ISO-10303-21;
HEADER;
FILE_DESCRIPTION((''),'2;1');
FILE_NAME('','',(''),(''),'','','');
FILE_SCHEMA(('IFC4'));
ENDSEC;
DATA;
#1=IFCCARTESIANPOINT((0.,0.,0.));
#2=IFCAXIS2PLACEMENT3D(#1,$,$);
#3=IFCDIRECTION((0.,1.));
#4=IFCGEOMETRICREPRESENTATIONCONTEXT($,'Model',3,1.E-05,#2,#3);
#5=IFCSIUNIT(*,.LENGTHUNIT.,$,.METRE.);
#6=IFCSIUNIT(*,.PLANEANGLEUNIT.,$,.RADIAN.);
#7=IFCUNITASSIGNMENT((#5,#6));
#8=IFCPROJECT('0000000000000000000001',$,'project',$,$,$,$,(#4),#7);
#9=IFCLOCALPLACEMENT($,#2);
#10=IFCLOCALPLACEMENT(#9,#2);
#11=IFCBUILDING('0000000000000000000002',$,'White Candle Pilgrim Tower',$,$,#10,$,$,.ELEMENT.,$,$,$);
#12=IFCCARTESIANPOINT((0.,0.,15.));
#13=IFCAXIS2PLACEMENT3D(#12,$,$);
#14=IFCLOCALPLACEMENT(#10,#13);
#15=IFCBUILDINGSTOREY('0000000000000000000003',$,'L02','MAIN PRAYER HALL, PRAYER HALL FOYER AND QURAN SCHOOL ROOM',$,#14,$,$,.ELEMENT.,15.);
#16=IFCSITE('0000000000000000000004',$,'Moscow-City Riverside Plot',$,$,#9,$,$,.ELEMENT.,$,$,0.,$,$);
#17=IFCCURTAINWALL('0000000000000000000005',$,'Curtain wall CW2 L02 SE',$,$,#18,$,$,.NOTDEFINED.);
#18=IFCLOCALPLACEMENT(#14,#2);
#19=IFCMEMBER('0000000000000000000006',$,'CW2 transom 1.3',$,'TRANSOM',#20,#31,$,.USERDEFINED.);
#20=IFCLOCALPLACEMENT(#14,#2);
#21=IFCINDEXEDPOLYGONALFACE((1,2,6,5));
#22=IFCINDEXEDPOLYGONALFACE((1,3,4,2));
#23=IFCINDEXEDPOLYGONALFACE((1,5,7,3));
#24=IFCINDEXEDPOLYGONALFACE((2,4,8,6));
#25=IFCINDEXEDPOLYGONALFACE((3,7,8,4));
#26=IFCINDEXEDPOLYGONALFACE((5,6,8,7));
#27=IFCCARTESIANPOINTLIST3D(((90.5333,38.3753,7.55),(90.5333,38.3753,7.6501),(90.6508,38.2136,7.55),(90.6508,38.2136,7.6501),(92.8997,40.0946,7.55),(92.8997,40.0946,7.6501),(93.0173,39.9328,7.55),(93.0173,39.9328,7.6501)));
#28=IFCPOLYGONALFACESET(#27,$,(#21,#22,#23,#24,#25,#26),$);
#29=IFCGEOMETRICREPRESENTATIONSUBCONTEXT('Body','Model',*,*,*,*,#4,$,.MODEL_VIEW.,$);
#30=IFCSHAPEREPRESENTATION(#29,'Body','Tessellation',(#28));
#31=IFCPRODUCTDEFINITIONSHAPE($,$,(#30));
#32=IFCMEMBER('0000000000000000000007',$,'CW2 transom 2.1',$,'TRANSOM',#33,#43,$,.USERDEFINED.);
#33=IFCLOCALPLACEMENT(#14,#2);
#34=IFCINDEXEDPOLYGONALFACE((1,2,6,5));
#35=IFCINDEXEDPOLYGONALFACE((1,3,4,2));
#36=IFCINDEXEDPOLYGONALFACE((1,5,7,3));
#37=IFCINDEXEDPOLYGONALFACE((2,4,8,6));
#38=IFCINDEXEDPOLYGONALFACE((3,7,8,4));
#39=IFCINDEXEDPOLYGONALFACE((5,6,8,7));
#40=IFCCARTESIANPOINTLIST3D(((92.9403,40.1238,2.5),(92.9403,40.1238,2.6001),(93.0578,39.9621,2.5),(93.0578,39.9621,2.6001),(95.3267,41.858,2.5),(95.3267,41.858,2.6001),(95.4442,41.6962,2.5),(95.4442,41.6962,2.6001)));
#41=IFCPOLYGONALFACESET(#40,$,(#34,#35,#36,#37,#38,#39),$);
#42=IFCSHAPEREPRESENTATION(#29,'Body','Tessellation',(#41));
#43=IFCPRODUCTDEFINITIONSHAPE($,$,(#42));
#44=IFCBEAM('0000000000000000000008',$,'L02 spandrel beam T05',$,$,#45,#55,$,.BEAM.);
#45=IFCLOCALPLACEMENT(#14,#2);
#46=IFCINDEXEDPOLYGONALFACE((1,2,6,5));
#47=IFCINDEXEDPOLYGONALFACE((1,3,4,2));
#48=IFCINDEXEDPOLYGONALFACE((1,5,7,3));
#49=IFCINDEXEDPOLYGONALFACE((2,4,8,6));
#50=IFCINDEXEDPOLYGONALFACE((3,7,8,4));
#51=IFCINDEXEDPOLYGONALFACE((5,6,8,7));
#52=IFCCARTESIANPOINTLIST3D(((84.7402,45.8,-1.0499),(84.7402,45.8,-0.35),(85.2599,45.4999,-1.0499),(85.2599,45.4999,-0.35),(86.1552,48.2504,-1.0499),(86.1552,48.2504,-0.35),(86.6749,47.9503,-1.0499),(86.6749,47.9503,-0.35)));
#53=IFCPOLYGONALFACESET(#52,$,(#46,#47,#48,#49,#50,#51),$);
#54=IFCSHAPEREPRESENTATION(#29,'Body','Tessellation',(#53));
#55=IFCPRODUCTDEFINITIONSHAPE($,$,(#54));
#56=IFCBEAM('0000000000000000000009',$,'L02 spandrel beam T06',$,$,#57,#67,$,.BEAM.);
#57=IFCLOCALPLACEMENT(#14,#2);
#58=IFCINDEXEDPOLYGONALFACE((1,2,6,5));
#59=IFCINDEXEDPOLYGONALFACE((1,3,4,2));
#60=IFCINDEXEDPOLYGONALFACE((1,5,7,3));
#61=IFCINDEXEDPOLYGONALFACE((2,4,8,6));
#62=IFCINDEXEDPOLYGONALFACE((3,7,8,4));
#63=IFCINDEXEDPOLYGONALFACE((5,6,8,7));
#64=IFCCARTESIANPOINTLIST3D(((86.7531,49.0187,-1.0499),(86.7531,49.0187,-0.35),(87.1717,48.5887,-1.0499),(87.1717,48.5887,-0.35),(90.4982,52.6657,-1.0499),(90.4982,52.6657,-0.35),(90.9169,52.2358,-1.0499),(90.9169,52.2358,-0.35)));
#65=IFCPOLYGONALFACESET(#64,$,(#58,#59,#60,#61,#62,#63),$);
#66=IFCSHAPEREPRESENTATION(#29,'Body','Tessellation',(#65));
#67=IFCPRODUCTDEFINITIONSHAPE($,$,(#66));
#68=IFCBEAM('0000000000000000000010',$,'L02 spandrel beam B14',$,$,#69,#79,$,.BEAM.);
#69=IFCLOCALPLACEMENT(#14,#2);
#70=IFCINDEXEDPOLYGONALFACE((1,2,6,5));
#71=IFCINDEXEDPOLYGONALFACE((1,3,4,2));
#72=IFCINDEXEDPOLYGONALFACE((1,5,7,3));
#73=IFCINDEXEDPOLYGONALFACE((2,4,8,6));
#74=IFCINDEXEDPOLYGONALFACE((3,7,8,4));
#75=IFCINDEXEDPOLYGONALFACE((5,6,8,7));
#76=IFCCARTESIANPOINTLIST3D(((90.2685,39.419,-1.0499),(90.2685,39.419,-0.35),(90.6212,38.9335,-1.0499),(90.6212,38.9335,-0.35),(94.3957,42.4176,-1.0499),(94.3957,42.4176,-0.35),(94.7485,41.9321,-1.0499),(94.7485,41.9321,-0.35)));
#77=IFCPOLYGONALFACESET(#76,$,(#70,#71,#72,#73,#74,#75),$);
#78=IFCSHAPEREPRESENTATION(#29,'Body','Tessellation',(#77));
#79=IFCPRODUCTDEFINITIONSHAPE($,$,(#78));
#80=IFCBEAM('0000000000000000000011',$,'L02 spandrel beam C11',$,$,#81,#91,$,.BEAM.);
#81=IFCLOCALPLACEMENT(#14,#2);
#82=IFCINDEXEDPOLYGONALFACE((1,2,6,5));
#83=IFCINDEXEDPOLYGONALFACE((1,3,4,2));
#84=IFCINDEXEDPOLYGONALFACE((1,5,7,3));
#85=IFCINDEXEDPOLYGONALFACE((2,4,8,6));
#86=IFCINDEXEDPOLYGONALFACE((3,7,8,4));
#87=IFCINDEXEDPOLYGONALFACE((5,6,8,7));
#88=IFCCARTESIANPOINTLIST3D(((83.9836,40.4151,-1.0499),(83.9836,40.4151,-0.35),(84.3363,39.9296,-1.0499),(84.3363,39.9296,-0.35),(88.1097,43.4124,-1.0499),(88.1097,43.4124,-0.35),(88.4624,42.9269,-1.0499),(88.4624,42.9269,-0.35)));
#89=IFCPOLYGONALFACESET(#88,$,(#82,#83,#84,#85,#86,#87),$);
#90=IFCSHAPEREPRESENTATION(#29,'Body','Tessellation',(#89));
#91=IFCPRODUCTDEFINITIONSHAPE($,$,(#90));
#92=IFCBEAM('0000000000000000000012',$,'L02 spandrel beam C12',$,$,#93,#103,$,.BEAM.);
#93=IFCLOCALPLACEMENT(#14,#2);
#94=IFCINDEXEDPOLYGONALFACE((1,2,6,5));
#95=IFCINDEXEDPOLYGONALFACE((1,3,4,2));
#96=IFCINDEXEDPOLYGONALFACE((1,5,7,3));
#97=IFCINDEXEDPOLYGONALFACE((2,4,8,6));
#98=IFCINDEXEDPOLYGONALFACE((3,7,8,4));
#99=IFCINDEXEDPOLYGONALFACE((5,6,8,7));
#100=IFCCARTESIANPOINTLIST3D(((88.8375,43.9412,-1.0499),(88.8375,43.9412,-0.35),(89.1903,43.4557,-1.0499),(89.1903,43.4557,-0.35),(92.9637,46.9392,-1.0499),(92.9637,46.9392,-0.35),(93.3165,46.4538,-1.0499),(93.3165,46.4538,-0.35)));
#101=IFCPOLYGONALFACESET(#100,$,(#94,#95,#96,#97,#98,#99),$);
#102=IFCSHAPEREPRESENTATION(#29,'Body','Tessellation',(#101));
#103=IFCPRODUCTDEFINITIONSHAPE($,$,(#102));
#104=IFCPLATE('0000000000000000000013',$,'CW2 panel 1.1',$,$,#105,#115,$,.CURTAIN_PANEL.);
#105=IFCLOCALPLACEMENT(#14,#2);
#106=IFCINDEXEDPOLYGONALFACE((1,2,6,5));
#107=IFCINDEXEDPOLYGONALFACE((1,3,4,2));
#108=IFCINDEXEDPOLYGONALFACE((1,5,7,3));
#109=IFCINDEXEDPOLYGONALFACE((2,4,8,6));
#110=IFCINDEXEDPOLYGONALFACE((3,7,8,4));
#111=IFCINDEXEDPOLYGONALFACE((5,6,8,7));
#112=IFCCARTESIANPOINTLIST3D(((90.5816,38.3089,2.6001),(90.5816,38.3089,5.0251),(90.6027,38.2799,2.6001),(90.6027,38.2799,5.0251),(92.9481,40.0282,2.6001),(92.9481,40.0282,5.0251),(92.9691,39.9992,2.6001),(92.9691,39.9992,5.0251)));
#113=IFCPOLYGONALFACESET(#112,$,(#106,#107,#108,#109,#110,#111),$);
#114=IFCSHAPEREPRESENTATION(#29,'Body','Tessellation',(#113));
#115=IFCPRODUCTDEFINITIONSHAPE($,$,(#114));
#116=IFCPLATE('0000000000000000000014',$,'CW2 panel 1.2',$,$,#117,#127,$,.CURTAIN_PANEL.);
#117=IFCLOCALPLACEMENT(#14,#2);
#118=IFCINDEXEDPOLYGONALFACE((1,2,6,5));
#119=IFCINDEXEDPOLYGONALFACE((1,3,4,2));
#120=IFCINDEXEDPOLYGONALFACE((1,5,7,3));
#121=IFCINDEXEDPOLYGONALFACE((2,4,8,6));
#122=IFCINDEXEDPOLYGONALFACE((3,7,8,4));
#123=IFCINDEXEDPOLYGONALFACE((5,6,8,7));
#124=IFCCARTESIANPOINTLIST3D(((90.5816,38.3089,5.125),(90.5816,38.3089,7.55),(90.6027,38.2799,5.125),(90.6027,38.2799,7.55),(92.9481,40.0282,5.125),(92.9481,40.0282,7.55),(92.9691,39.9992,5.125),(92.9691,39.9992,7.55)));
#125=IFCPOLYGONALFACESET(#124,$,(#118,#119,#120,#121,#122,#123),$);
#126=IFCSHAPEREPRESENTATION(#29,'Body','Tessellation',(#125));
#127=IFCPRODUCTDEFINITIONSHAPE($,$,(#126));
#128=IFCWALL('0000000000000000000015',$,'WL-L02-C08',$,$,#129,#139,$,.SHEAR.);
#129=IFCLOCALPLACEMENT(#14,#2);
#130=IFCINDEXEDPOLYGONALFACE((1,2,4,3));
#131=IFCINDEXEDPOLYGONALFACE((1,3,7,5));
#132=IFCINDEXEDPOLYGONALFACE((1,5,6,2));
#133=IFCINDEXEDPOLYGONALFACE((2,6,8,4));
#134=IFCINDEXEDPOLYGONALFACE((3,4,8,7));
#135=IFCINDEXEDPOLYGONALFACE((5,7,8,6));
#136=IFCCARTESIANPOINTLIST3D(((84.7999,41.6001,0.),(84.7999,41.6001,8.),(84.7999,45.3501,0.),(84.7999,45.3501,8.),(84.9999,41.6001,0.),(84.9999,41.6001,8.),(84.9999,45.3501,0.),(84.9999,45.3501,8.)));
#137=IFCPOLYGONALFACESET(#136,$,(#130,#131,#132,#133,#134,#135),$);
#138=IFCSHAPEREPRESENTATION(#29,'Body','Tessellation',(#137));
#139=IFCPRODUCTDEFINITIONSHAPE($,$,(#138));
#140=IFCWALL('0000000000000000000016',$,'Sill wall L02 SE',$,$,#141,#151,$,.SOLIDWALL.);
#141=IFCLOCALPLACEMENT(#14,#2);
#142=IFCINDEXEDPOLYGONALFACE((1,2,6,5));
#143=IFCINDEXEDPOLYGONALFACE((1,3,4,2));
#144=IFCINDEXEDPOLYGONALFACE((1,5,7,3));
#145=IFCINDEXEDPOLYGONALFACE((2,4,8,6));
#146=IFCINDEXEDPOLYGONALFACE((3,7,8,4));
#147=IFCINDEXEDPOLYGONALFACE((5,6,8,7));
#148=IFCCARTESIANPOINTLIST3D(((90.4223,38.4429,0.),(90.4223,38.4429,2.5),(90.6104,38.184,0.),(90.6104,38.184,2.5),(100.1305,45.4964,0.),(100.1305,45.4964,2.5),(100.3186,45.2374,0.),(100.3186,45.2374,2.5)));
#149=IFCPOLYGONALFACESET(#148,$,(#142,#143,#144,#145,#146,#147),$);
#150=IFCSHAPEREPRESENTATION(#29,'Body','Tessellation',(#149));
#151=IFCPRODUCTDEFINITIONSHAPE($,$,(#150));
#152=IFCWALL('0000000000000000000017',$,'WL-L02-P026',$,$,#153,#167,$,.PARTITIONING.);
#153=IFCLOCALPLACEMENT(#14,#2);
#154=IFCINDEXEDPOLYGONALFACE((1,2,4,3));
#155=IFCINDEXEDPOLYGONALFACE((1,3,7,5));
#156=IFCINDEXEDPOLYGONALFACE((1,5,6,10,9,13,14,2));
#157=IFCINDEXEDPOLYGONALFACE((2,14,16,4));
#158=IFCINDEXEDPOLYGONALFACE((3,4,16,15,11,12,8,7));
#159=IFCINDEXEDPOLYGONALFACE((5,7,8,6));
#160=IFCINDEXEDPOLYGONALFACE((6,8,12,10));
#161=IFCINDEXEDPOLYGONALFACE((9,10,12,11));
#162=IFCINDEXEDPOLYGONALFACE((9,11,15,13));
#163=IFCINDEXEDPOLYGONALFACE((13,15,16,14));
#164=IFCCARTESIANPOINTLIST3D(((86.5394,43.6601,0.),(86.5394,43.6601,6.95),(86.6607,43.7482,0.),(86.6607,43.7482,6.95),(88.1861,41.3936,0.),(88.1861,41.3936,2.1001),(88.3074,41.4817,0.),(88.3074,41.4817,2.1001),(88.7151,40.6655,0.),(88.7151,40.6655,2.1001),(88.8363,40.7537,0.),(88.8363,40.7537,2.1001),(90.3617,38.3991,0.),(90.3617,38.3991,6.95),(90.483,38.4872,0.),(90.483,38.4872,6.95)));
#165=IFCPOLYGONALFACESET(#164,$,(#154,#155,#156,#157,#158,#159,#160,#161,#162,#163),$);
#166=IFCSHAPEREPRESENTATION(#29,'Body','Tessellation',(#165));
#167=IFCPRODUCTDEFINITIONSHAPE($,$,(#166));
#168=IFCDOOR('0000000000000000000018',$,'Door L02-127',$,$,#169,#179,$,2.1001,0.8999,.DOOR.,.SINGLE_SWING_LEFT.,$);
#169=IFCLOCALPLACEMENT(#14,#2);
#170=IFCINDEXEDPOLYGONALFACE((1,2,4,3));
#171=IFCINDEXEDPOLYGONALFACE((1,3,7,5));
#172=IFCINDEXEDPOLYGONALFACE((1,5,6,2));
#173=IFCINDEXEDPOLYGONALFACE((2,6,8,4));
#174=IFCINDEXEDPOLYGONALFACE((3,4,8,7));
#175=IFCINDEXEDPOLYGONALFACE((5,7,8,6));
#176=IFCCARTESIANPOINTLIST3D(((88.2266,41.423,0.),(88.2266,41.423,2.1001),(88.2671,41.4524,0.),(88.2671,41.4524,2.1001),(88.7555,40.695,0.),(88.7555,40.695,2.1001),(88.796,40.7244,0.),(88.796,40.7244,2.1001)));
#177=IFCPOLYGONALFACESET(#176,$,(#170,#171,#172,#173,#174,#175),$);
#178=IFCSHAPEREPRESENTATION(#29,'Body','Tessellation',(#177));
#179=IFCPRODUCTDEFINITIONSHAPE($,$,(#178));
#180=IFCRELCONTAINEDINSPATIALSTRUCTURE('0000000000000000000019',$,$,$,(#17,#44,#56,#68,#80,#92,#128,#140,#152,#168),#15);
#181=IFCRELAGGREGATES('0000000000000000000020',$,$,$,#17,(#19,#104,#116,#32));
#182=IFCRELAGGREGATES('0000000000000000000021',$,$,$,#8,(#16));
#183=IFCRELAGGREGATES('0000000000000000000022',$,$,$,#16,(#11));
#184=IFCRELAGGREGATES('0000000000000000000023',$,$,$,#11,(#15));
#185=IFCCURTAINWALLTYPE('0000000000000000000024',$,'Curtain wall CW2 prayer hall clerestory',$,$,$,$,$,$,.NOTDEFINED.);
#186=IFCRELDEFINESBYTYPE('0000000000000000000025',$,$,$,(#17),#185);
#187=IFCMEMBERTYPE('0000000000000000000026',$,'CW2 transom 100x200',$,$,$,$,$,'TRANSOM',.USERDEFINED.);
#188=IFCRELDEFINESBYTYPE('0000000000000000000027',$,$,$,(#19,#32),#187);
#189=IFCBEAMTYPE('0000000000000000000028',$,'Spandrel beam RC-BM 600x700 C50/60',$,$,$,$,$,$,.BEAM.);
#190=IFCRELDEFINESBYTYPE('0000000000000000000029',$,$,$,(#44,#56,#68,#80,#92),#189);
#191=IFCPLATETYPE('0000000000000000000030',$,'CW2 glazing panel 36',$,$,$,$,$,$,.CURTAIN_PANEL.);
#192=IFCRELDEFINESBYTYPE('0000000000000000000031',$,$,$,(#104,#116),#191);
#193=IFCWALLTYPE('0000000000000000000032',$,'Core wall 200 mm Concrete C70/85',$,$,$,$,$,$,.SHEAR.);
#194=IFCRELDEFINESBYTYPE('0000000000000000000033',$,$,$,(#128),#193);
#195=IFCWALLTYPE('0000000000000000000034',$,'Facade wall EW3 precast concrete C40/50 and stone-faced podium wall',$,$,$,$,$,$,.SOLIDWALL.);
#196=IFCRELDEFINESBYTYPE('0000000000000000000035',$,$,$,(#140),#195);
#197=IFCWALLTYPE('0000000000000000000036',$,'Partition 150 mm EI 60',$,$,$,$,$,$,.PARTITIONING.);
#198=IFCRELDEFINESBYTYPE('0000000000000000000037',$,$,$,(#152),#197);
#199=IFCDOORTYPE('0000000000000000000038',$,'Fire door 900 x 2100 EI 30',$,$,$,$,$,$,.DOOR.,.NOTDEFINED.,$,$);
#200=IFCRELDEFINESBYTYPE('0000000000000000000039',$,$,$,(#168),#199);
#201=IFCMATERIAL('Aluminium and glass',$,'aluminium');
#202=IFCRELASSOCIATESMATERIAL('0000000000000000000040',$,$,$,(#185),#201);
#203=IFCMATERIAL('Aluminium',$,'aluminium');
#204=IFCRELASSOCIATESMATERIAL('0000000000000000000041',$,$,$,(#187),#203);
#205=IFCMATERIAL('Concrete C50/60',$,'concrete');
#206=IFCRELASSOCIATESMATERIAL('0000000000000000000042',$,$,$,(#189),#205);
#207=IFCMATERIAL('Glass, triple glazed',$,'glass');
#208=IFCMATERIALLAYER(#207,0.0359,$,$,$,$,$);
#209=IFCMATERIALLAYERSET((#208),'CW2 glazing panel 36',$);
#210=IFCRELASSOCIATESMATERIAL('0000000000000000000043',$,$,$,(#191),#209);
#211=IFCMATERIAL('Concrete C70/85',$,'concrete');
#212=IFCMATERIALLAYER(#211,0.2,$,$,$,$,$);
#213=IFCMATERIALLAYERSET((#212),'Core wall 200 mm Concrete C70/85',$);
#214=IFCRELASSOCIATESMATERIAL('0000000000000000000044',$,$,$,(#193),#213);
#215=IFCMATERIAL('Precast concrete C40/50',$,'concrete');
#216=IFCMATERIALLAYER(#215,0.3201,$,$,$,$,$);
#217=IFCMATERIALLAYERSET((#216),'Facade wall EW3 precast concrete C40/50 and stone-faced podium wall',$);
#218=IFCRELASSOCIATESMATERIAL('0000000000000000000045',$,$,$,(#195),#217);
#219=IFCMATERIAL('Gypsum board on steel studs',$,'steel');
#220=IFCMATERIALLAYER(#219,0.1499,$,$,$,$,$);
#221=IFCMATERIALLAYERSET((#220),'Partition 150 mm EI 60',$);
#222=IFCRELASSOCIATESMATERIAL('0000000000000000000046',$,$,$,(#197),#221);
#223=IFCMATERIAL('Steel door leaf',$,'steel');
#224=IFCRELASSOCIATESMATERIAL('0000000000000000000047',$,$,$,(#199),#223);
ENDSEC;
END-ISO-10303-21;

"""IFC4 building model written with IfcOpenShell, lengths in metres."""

from ifc_helpers import new_model, si_unit, direction, frame, frame_2d, origin, origin_2d, place, context, subcontext, project, spatial, rectangle, extrude, material, layer, layer_set, material_profile, profile_set, type_object, element, fill, aggregate, save


model = new_model("IFC4")

# Units and contexts
model_context = context("Model", 3, precision=1e-05, world=origin(), true_north=direction((0.0, 1.0)))
body_context = subcontext(model_context, "Body", "Model", "MODEL_VIEW")
ifc_project = project(units=[si_unit("LENGTHUNIT", "METRE"), si_unit("PLANEANGLEUNIT", "RADIAN")], contexts=[model_context])

# Site, building, storey
site_placement = place(None, origin())
site = spatial("IfcSite", under=ifc_project, at=site_placement, Name="Moscow-City Riverside Plot", CompositionType="ELEMENT", RefElevation=0.0)
building_placement = place(site_placement, origin())
building = spatial("IfcBuilding", under=site, at=building_placement, Name="White Candle Pilgrim Tower", CompositionType="ELEMENT")
storey_placement = place(building_placement, frame((0.0, 0.0, 15.0)))
storey = spatial("IfcBuildingStorey", under=building, at=storey_placement, Name="L02", Description="MAIN PRAYER HALL, PRAYER HALL FOYER AND QURAN SCHOOL ROOM", CompositionType="ELEMENT", Elevation=15.0)

# Curtain wall, members
ifc_material_1 = material(Name="Aluminium and glass", Category="aluminium")
curtain_wall_type = type_object("IfcCurtainWallType", Name="Curtain wall CW2 prayer hall clerestory", PredefinedType="NOTDEFINED", material=ifc_material_1)
curtain_wall_placement = place(storey_placement, origin())
curtain_wall = element("IfcCurtainWall", 1, at=curtain_wall_placement, inside=storey, type_object=curtain_wall_type, Name="Curtain wall CW2 L02 SE", PredefinedType="NOTDEFINED")
ifc_material_2 = material(Name="Aluminium", Category="aluminium")
ifc_material_profile_1 = material_profile(ifc_material_2, rectangle(XDim=0.2, YDim=0.1001, at=origin_2d()), Name="CW2 transom 100x200")
ifc_profile_set_1 = profile_set([ifc_material_profile_1], Name="Aluminium")
member_type_1 = type_object("IfcMemberType", Name="CW2 transom 100x200", ElementType="TRANSOM", PredefinedType="USERDEFINED", material=ifc_profile_set_1)
member_1_placement = place(storey_placement, frame((90.592, 38.2944, 7.6001), z_axis=(0.809032, 0.587765, 0.0), x_axis=(-0.587765, 0.809032, 0.0)))
member_1 = element("IfcMember", 2, at=member_1_placement, type_object=member_type_1, Name="CW2 transom 1.3", ObjectType="TRANSOM", PredefinedType="USERDEFINED", context=body_context, shape_type="SweptSolid", body=[
    extrude(rectangle(XDim=0.2, YDim=0.1001, at=origin_2d()), origin(), (0.0, 0.0, 1.0), 2.925),
])
member_2_placement = place(storey_placement, frame((92.999, 40.043, 2.55), z_axis=(0.808976, 0.587842, 0.0), x_axis=(-0.587842, 0.808976, 0.0)))
member_2 = element("IfcMember", 3, at=member_2_placement, type_object=member_type_1, Name="CW2 transom 2.1", ObjectType="TRANSOM", PredefinedType="USERDEFINED", context=body_context, shape_type="SweptSolid", body=[
    extrude(rectangle(XDim=0.2, YDim=0.1001, at=origin_2d()), origin(), (0.0, 0.0, 1.0), 2.95),
])

# Beams
ifc_material_3 = material(Name="Concrete C50/60", Category="concrete")
ifc_material_profile_2 = material_profile(ifc_material_3, rectangle(XDim=0.6001, YDim=0.7, at=origin_2d()), Name="RC-BM 600x700")
ifc_profile_set_2 = profile_set([ifc_material_profile_2], Name="Concrete C50/60")
beam_type = type_object("IfcBeamType", Name="Spandrel beam RC-BM 600x700 C50/60", PredefinedType="BEAM", material=ifc_profile_set_2)
beam_1_placement = place(storey_placement, frame((86.415, 48.1003, -0.7), z_axis=(-0.500073, -0.865983, 0.0), x_axis=(0.865983, -0.500073, 0.0)))
element("IfcBeam", 4, at=beam_1_placement, inside=storey, type_object=beam_type, Name="L02 spandrel beam T05", PredefinedType="BEAM", context=body_context, shape_type="SweptSolid", body=[
    extrude(rectangle(XDim=0.6001, YDim=0.7, at=origin_2d()), origin(), (0.0, 0.0, 1.0), 2.8296),
])
beam_2_placement = place(storey_placement, frame((86.9624, 48.8037, -0.7), z_axis=(0.716432, 0.697657, 0.0), x_axis=(-0.697657, 0.716432, 0.0)))
element("IfcBeam", 5, at=beam_2_placement, inside=storey, type_object=beam_type, Name="L02 spandrel beam T06", PredefinedType="BEAM", context=body_context, shape_type="SweptSolid", body=[
    extrude(rectangle(XDim=0.6001, YDim=0.7, at=origin_2d()), origin(), (0.0, 0.0, 1.0), 5.2275),
])
beam_3_placement = place(storey_placement, frame((90.4448, 39.1763, -0.7), z_axis=(0.809022, 0.587779, 0.0), x_axis=(-0.587779, 0.809022, 0.0)))
element("IfcBeam", 6, at=beam_3_placement, inside=storey, type_object=beam_type, Name="L02 spandrel beam B14", PredefinedType="BEAM", context=body_context, shape_type="SweptSolid", body=[
    extrude(rectangle(XDim=0.6001, YDim=0.7, at=origin_2d()), origin(), (0.0, 0.0, 1.0), 5.1016),
])
beam_4_placement = place(storey_placement, frame((84.1599, 40.1724, -0.7), z_axis=(0.809069, 0.587713, 0.0), x_axis=(-0.587713, 0.809069, 0.0)))
element("IfcBeam", 7, at=beam_4_placement, inside=storey, type_object=beam_type, Name="L02 spandrel beam C11", PredefinedType="BEAM", context=body_context, shape_type="SweptSolid", body=[
    extrude(rectangle(XDim=0.6001, YDim=0.7, at=origin_2d()), origin(), (0.0, 0.0, 1.0), 5.0999),
])
beam_5_placement = place(storey_placement, frame((89.0139, 43.6985, -0.7), z_axis=(0.809001, 0.587807, 0.0), x_axis=(-0.587807, 0.809001, 0.0)))
element("IfcBeam", 8, at=beam_5_placement, inside=storey, type_object=beam_type, Name="L02 spandrel beam C12", PredefinedType="BEAM", context=body_context, shape_type="SweptSolid", body=[
    extrude(rectangle(XDim=0.6001, YDim=0.7, at=origin_2d()), origin(), (0.0, 0.0, 1.0), 5.1003),
])

# Plates
ifc_material_4 = material(Name="Glass, triple glazed", Category="glass")
ifc_layer_1 = layer(ifc_material_4, 0.0359)
ifc_layer_set_1 = layer_set([ifc_layer_1], Name="CW2 glazing panel 36")
plate_type = type_object("IfcPlateType", Name="CW2 glazing panel 36", PredefinedType="CURTAIN_PANEL", material=ifc_layer_set_1)
plate_1_placement = place(storey_placement, frame((91.7754, 39.1541, 2.6001), z_axis=(0.0, 0.0, 1.0), x_axis=(0.809017, 0.587785, 0.0)))
plate_1 = element("IfcPlate", 9, at=plate_1_placement, type_object=plate_type, Name="CW2 panel 1.1", PredefinedType="CURTAIN_PANEL", context=body_context, shape_type="SweptSolid", body=[
    extrude(rectangle(XDim=2.925, YDim=0.0359, at=origin_2d()), origin(), (0.0, 0.0, 1.0), 2.425),
])
plate_2_placement = place(storey_placement, frame((91.7754, 39.1541, 5.125), z_axis=(0.0, 0.0, 1.0), x_axis=(0.809017, 0.587785, 0.0)))
plate_2 = element("IfcPlate", 10, at=plate_2_placement, type_object=plate_type, Name="CW2 panel 1.2", PredefinedType="CURTAIN_PANEL", context=body_context, shape_type="SweptSolid", body=[
    extrude(rectangle(XDim=2.925, YDim=0.0359, at=origin_2d()), origin(), (0.0, 0.0, 1.0), 2.425),
])
aggregate(curtain_wall, [member_1, plate_1, plate_2, member_2])

# Walls
ifc_material_5 = material(Name="Concrete C70/85", Category="concrete")
ifc_layer_2 = layer(ifc_material_5, 0.2)
ifc_layer_set_2 = layer_set([ifc_layer_2], Name="Core wall 200 mm Concrete C70/85")
wall_type_1 = type_object("IfcWallType", Name="Core wall 200 mm Concrete C70/85", PredefinedType="SHEAR", material=ifc_layer_set_2)
wall_1_placement = place(storey_placement, frame((84.8999, 41.6001, 0.0), z_axis=(0.0, 0.0, 1.0), x_axis=(0.0, 1.0, 0.0)))
element("IfcWall", 11, at=wall_1_placement, inside=storey, type_object=wall_type_1, Name="WL-L02-C08", PredefinedType="SHEAR", context=body_context, shape_type="SweptSolid", body=[
    extrude(rectangle(XDim=3.75, YDim=0.2, at=frame_2d((1.875, 0.0))), origin(), (0.0, 0.0, 1.0), 8.0),
])
ifc_material_6 = material(Name="Precast concrete C40/50", Category="concrete")
ifc_layer_3 = layer(ifc_material_6, 0.3201)
ifc_layer_set_3 = layer_set([ifc_layer_3], Name="Facade wall EW3 precast concrete C40/50 and stone-faced podium wall")
wall_type_2 = type_object("IfcWallType", Name="Facade wall EW3 precast concrete C40/50 and stone-faced podium wall", PredefinedType="SOLIDWALL", material=ifc_layer_set_3)
wall_2_placement = place(storey_placement, frame((90.5164, 38.3135, 0.0), z_axis=(0.0, 0.0, 1.0), x_axis=(0.809017, 0.587786, 0.0)))
element("IfcWall", 12, at=wall_2_placement, inside=storey, type_object=wall_type_2, Name="Sill wall L02 SE", PredefinedType="SOLIDWALL", context=body_context, shape_type="SweptSolid", body=[
    extrude(rectangle(XDim=12.0, YDim=0.3201, at=frame_2d((6.0, 0.0))), origin(), (0.0, 0.0, 1.0), 2.5),
])

# Wall, opening, door
ifc_material_7 = material(Name="Gypsum board on steel studs", Category="steel")
ifc_layer_4 = layer(ifc_material_7, 0.1499)
ifc_layer_set_4 = layer_set([ifc_layer_4], Name="Partition 150 mm EI 60")
wall_type_3 = type_object("IfcWallType", Name="Partition 150 mm EI 60", PredefinedType="PARTITIONING", material=ifc_layer_set_4)
wall_3_placement = place(storey_placement, frame((90.4224, 38.4431, 0.0), z_axis=(0.0, 0.0, 1.0), x_axis=(-0.587779, 0.809022, 0.0)))
wall_3 = element("IfcWall", 13, at=wall_3_placement, inside=storey, type_object=wall_type_3, Name="WL-L02-P026", PredefinedType="PARTITIONING", context=body_context, shape_type="SweptSolid", body=[
    extrude(rectangle(XDim=6.5029, YDim=0.1499, at=frame_2d((3.2515, 0.0))), origin(), (0.0, 0.0, 1.0), 6.95),
])
opening_placement = place(wall_3_placement, frame((2.8015, 0.0, 0.0)))
opening = element("IfcOpeningElement", 14, at=opening_placement, cuts=wall_3, PredefinedType="OPENING", context=body_context, shape_type="SweptSolid", body=[
    extrude(rectangle(XDim=0.8999, YDim=2.1001, at=frame_2d((0.45, 1.05))), frame((0.0, 0.085, 0.0), z_axis=(0.0, -1.0, 0.0), x_axis=(1.0, 0.0, 0.0)), (0.0, 0.0, 1.0), 0.1699),
])
ifc_material_8 = material(Name="Steel door leaf", Category="steel")
door_type = type_object("IfcDoorType", Name="Fire door 900 x 2100 EI 30", OperationType="NOTDEFINED", PredefinedType="DOOR", material=ifc_material_8)
door_placement = place(opening_placement, origin())
door = element("IfcDoor", 15, at=door_placement, inside=storey, type_object=door_type, Name="Door L02-127", OperationType="SINGLE_SWING_LEFT", OverallHeight=2.1001, OverallWidth=0.8999, PredefinedType="DOOR", context=body_context, shape_type="SweptSolid", body=[
    extrude(rectangle(XDim=0.8999, YDim=2.1001, at=frame_2d((0.45, 1.05))), frame((0.0, 0.0249, 0.0), z_axis=(0.0, -1.0, 0.0), x_axis=(1.0, 0.0, 0.0)), (0.0, 0.0, 1.0), 0.05),
])
fill(opening, door)

save(model, "model.ifc")
